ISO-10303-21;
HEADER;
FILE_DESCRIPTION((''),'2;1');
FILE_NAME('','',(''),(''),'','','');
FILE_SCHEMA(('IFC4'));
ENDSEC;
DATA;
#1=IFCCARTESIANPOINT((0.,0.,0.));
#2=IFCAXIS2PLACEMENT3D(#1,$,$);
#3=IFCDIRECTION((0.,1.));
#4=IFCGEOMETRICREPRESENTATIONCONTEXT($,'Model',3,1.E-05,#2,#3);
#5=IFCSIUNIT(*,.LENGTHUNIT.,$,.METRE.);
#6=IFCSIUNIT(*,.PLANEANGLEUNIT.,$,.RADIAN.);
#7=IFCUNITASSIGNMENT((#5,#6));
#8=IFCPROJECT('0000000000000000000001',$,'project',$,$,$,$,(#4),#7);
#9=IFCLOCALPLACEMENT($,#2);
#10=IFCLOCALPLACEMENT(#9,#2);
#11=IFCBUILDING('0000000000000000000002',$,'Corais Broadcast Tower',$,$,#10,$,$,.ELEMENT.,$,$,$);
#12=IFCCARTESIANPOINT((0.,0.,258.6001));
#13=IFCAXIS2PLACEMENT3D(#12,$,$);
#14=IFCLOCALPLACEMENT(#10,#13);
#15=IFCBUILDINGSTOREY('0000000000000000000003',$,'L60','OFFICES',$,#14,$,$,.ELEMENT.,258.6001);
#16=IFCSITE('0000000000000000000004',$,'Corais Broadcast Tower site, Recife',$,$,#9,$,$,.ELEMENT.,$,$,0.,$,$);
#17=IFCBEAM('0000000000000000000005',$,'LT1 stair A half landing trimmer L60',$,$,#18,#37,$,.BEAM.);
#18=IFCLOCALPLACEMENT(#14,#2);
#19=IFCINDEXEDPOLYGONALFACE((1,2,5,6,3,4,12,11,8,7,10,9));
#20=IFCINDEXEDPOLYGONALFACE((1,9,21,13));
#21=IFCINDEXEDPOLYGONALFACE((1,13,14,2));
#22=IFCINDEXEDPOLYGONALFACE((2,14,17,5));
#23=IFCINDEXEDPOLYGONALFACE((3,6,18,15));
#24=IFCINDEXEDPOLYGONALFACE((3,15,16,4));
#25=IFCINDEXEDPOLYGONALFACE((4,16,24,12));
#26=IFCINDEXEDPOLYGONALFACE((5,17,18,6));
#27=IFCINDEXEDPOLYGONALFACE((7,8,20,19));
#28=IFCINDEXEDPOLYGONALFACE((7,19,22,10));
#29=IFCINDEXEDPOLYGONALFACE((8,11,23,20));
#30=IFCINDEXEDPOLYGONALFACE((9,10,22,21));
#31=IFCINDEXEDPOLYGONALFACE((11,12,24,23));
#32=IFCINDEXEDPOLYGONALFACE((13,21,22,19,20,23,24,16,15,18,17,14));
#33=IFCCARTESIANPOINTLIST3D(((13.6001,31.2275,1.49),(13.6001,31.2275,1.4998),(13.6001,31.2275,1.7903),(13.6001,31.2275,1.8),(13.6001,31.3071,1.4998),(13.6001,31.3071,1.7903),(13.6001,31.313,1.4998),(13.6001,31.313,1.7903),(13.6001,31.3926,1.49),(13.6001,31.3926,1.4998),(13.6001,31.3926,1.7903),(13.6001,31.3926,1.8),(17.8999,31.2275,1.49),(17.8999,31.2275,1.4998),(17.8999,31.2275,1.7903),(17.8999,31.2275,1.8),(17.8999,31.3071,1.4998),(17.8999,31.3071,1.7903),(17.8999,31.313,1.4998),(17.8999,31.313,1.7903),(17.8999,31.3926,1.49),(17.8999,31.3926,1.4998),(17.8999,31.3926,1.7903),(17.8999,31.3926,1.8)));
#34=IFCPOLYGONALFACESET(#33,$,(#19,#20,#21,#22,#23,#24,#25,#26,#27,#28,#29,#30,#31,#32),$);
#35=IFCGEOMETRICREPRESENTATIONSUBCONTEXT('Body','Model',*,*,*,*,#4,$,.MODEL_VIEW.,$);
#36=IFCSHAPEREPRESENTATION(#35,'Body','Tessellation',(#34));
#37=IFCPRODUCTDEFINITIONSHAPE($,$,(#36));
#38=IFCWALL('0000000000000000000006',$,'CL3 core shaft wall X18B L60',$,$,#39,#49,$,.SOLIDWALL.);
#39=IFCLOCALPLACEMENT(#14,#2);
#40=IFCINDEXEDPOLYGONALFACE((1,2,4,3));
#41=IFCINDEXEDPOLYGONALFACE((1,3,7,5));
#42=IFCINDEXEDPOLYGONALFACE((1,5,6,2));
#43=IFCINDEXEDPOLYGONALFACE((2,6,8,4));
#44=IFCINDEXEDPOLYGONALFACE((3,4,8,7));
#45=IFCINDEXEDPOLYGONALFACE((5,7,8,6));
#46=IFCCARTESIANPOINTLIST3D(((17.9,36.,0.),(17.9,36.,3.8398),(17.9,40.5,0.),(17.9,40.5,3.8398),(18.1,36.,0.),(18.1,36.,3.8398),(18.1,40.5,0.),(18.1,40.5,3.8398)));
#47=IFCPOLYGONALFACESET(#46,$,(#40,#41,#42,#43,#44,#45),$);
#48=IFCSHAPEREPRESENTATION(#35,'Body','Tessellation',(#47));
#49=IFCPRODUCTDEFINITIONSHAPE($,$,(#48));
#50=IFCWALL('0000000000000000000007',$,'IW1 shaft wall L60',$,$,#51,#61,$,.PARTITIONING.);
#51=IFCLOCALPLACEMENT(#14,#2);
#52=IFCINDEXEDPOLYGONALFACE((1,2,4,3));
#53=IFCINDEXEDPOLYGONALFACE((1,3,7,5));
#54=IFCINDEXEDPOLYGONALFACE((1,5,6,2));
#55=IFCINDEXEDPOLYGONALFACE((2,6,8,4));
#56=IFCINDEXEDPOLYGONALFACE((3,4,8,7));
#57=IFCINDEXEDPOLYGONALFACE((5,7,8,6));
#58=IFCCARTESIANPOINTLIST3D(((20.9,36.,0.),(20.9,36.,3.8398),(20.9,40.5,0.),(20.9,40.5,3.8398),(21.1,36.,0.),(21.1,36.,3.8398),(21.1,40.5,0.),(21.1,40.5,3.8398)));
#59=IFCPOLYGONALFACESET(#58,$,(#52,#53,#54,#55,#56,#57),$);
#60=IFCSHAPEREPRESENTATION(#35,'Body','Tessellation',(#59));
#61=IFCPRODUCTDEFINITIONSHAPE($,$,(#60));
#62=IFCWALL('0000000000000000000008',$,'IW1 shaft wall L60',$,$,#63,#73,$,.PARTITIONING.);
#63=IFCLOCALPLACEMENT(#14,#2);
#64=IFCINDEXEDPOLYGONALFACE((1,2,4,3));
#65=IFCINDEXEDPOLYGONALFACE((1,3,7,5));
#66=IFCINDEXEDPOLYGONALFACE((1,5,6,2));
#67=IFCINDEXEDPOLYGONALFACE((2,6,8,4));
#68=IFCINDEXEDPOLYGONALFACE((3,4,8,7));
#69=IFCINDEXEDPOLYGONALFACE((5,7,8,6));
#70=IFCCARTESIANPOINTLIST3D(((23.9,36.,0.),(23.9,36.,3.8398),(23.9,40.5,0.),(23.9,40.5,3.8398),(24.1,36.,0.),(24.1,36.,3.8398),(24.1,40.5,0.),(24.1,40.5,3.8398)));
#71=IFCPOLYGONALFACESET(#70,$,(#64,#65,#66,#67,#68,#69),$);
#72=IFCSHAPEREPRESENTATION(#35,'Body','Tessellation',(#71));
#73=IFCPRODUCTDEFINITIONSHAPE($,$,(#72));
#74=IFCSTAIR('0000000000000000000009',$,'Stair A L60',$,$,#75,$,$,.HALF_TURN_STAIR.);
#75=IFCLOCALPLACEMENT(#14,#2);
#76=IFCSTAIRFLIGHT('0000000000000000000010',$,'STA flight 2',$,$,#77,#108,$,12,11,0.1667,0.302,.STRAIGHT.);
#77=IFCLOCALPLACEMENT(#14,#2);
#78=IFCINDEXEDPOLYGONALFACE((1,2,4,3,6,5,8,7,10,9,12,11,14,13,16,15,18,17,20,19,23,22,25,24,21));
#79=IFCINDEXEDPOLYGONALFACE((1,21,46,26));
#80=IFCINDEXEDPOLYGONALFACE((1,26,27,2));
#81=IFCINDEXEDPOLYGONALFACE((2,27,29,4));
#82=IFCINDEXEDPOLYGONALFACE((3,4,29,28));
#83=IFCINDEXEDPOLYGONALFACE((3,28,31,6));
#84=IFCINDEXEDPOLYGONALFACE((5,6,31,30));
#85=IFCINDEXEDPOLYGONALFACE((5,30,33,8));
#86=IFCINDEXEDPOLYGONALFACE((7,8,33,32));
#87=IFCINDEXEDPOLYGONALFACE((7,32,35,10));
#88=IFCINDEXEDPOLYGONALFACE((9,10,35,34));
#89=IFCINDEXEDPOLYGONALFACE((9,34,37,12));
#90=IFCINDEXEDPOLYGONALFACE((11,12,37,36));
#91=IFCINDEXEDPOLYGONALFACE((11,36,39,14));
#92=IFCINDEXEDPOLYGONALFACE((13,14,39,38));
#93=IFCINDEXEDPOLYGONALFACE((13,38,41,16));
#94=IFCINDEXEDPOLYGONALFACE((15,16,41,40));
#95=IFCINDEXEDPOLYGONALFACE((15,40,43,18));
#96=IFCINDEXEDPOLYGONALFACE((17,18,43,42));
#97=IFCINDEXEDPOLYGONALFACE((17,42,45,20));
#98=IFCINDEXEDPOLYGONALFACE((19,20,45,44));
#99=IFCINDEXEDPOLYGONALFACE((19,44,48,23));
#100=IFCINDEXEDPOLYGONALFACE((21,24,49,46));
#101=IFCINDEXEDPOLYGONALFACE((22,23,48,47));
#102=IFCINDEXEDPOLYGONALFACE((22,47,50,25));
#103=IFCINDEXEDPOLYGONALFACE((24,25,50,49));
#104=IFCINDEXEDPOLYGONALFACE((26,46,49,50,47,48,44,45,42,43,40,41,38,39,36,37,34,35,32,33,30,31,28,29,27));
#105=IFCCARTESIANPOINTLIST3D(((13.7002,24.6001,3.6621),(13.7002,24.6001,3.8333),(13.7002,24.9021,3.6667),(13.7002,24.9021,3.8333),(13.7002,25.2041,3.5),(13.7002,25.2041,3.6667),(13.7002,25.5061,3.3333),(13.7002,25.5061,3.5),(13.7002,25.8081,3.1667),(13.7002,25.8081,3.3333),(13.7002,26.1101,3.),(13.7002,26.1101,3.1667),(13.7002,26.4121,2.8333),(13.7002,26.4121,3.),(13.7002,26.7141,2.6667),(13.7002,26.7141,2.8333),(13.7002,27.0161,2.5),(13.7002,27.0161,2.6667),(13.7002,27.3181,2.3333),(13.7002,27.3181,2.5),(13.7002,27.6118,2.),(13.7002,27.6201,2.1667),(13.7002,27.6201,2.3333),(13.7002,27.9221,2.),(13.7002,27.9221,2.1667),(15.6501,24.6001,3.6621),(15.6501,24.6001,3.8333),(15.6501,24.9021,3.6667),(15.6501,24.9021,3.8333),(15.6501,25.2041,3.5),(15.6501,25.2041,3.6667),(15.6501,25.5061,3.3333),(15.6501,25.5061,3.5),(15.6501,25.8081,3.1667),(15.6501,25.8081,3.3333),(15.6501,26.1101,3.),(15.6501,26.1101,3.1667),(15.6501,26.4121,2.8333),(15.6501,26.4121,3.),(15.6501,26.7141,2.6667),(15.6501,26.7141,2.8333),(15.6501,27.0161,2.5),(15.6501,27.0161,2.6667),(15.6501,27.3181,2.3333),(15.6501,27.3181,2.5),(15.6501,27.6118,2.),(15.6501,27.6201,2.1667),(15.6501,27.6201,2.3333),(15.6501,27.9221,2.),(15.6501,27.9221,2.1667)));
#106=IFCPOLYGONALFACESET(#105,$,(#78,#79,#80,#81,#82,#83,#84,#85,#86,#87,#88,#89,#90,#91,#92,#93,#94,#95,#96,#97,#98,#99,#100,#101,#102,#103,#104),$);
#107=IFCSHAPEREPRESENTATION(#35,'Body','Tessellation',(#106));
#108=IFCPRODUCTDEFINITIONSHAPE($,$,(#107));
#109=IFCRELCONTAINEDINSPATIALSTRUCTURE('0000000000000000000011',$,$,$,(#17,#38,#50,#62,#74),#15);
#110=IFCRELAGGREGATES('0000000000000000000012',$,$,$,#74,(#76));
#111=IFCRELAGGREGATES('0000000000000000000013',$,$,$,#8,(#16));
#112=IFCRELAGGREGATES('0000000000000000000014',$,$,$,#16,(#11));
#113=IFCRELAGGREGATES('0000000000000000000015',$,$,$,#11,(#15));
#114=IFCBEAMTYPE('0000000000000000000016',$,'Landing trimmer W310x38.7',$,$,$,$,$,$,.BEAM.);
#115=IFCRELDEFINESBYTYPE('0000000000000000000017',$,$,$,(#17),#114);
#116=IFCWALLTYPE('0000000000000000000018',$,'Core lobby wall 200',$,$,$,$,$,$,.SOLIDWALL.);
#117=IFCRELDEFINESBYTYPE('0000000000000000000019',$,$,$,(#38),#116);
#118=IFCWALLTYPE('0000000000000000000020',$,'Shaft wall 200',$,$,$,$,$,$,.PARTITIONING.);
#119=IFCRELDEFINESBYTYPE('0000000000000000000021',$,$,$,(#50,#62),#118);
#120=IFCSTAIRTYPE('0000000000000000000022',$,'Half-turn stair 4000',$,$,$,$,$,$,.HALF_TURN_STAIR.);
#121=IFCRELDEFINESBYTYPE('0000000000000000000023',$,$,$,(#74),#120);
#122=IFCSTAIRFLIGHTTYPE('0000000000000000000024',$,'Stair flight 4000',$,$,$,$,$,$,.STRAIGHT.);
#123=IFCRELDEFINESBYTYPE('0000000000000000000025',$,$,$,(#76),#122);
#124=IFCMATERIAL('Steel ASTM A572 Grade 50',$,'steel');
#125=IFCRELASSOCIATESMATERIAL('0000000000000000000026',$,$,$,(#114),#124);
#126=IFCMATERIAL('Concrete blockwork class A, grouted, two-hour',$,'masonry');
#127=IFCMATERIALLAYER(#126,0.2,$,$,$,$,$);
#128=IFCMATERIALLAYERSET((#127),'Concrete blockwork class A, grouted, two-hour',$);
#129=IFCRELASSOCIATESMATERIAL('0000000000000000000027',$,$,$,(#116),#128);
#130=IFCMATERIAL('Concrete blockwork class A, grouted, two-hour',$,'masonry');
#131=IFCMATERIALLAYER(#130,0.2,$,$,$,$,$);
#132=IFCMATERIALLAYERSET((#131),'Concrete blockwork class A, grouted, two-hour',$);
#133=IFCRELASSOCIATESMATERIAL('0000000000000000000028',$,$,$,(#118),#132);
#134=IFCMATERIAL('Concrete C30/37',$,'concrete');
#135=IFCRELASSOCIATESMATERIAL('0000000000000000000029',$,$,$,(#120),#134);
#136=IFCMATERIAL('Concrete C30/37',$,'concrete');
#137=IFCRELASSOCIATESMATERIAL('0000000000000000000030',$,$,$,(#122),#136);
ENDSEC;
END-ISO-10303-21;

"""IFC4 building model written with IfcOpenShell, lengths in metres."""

from ifc_helpers import new_model, si_unit, direction, frame, frame_2d, origin, origin_2d, place, context, subcontext, project, spatial, polyline, rectangle, i_section, outline, extrude, material, layer, layer_set, material_profile, profile_set, type_object, element, aggregate, save


model = new_model("IFC4")

# Units and contexts
model_context = context("Model", 3, precision=1e-05, world=origin(), true_north=direction((0.0, 1.0)))
body_context = subcontext(model_context, "Body", "Model", "MODEL_VIEW")
ifc_project = project(units=[si_unit("LENGTHUNIT", "METRE"), si_unit("PLANEANGLEUNIT", "RADIAN")], contexts=[model_context])

# Site, building, storey
site_placement = place(None, origin())
site = spatial("IfcSite", under=ifc_project, at=site_placement, Name="Corais Broadcast Tower site, Recife", CompositionType="ELEMENT", RefElevation=0.0)
building_placement = place(site_placement, origin())
building = spatial("IfcBuilding", under=site, at=building_placement, Name="Corais Broadcast Tower", CompositionType="ELEMENT")
storey_placement = place(building_placement, frame((0.0, 0.0, 258.6001)))
storey = spatial("IfcBuildingStorey", under=building, at=storey_placement, Name="L60", Description="OFFICES", CompositionType="ELEMENT", Elevation=258.6001)

# Beam
ifc_material_1 = material(Name="Steel ASTM A572 Grade 50", Category="steel")
ifc_material_profile = material_profile(ifc_material_1, i_section(OverallWidth=0.165, OverallDepth=0.3101, WebThickness=0.0059, FlangeThickness=0.0098, at=origin_2d()), Name="W310x38.7")
ifc_profile_set = profile_set([ifc_material_profile], Name="Steel ASTM A572 Grade 50")
beam_type = type_object("IfcBeamType", Name="Landing trimmer W310x38.7", PredefinedType="BEAM", material=ifc_profile_set)
beam_placement = place(storey_placement, frame((13.6001, 31.3101, 1.645), z_axis=(1.0, 0.0, 0.0), x_axis=(0.0, 1.0, 0.0)))
element("IfcBeam", 1, at=beam_placement, inside=storey, type_object=beam_type, Name="LT1 stair A half landing trimmer L60", PredefinedType="BEAM", context=body_context, shape_type="SweptSolid", body=[
    extrude(i_section(OverallWidth=0.165, OverallDepth=0.3101, WebThickness=0.0059, FlangeThickness=0.0098, at=origin_2d()), origin(), (0.0, 0.0, 1.0), 4.2998),
])

# Walls
ifc_material_2 = material(Name="Concrete blockwork class A, grouted, two-hour", Category="masonry")
ifc_layer_1 = layer(ifc_material_2, 0.2)
ifc_layer_set_1 = layer_set([ifc_layer_1], Name="Concrete blockwork class A, grouted, two-hour")
wall_type_1 = type_object("IfcWallType", Name="Core lobby wall 200", PredefinedType="SOLIDWALL", material=ifc_layer_set_1)
wall_placement = place(storey_placement, frame((18.0, 36.0, 0.0), z_axis=(0.0, 0.0, 1.0), x_axis=(0.0, 1.0, 0.0)))
element("IfcWall", 2, at=wall_placement, inside=storey, type_object=wall_type_1, Name="CL3 core shaft wall X18B L60", PredefinedType="SOLIDWALL", context=body_context, shape_type="SweptSolid", body=[
    extrude(rectangle(XDim=4.5, YDim=0.2, at=frame_2d((2.25, 0.0))), origin(), (0.0, 0.0, 1.0), 3.8398),
])
ifc_material_3 = material(Name="Concrete blockwork class A, grouted, two-hour", Category="masonry")
ifc_layer_2 = layer(ifc_material_3, 0.2)
ifc_layer_set_2 = layer_set([ifc_layer_2], Name="Concrete blockwork class A, grouted, two-hour")
wall_type_2 = type_object("IfcWallType", Name="Shaft wall 200", PredefinedType="PARTITIONING", material=ifc_layer_set_2)
for number, where, z_axis, x_axis, name in (
    (3, (21.0, 36.0, 0.0), (0.0, 0.0, 1.0), (0.0, 1.0, 0.0), "IW1 shaft wall L60"),
    (4, (24.0, 36.0, 0.0), (0.0, 0.0, 1.0), (0.0, 1.0, 0.0), "IW1 shaft wall L60"),
):
    element("IfcWall", number, at=place(storey_placement, frame(where, z_axis=z_axis, x_axis=x_axis)), inside=storey, type_object=wall_type_2, Name=name, PredefinedType="PARTITIONING", context=body_context, shape_type="SweptSolid", body=[
        extrude(rectangle(XDim=4.5, YDim=0.2, at=frame_2d((2.25, 0.0))), origin(), (0.0, 0.0, 1.0), 3.8398),
    ])

# Stair, stair flight
ifc_material_4 = material(Name="Concrete C30/37", Category="concrete")
stair_type = type_object("IfcStairType", Name="Half-turn stair 4000", PredefinedType="HALF_TURN_STAIR", material=ifc_material_4)
stair_placement = place(storey_placement, origin())
stair = element("IfcStair", 5, at=stair_placement, inside=storey, type_object=stair_type, Name="Stair A L60", PredefinedType="HALF_TURN_STAIR")
ifc_material_5 = material(Name="Concrete C30/37", Category="concrete")
stair_flight_type = type_object("IfcStairFlightType", Name="Stair flight 4000", PredefinedType="STRAIGHT", material=ifc_material_5)
stair_flight_placement = place(storey_placement, frame((14.675, 27.9221, 2.0), z_axis=(0.0, 0.0, 1.0), x_axis=(0.0, -1.0, 0.0)))
stair_flight = element("IfcStairFlight", 6, at=stair_flight_placement, type_object=stair_flight_type, Name="STA flight 2", NumberOfRisers=12, NumberOfTreads=11, PredefinedType="STRAIGHT", RiserHeight=0.1667, TreadLength=0.302, context=body_context, shape_type="SweptSolid", body=[
    extrude(outline(polyline([(0.0, 0.0), (0.0, 0.1667), (0.302, 0.1667), (0.302, 0.3333), (0.604, 0.3333), (0.604, 0.5), (0.906, 0.5), (0.906, 0.6667), (1.208, 0.6667), (1.208, 0.8333), (1.51, 0.8333), (1.51, 1.0), (1.812, 1.0), (1.812, 1.1667), (2.114, 1.1667), (2.114, 1.3333), (2.416, 1.3333), (2.416, 1.5), (2.718, 1.5), (2.718, 1.6667), (3.02, 1.6667), (3.02, 1.8333), (3.322, 1.8333), (3.322, 2.0), (3.322, 1.6621), (0.3103, 0.0), (0.0, 0.0)])), frame((0.0, 0.9751, 0.0), z_axis=(0.0, -1.0, 0.0), x_axis=(1.0, 0.0, 0.0)), (0.0, 0.0, 1.0), 1.95),
])
aggregate(stair, [stair_flight])

save(model, "model.ifc")
